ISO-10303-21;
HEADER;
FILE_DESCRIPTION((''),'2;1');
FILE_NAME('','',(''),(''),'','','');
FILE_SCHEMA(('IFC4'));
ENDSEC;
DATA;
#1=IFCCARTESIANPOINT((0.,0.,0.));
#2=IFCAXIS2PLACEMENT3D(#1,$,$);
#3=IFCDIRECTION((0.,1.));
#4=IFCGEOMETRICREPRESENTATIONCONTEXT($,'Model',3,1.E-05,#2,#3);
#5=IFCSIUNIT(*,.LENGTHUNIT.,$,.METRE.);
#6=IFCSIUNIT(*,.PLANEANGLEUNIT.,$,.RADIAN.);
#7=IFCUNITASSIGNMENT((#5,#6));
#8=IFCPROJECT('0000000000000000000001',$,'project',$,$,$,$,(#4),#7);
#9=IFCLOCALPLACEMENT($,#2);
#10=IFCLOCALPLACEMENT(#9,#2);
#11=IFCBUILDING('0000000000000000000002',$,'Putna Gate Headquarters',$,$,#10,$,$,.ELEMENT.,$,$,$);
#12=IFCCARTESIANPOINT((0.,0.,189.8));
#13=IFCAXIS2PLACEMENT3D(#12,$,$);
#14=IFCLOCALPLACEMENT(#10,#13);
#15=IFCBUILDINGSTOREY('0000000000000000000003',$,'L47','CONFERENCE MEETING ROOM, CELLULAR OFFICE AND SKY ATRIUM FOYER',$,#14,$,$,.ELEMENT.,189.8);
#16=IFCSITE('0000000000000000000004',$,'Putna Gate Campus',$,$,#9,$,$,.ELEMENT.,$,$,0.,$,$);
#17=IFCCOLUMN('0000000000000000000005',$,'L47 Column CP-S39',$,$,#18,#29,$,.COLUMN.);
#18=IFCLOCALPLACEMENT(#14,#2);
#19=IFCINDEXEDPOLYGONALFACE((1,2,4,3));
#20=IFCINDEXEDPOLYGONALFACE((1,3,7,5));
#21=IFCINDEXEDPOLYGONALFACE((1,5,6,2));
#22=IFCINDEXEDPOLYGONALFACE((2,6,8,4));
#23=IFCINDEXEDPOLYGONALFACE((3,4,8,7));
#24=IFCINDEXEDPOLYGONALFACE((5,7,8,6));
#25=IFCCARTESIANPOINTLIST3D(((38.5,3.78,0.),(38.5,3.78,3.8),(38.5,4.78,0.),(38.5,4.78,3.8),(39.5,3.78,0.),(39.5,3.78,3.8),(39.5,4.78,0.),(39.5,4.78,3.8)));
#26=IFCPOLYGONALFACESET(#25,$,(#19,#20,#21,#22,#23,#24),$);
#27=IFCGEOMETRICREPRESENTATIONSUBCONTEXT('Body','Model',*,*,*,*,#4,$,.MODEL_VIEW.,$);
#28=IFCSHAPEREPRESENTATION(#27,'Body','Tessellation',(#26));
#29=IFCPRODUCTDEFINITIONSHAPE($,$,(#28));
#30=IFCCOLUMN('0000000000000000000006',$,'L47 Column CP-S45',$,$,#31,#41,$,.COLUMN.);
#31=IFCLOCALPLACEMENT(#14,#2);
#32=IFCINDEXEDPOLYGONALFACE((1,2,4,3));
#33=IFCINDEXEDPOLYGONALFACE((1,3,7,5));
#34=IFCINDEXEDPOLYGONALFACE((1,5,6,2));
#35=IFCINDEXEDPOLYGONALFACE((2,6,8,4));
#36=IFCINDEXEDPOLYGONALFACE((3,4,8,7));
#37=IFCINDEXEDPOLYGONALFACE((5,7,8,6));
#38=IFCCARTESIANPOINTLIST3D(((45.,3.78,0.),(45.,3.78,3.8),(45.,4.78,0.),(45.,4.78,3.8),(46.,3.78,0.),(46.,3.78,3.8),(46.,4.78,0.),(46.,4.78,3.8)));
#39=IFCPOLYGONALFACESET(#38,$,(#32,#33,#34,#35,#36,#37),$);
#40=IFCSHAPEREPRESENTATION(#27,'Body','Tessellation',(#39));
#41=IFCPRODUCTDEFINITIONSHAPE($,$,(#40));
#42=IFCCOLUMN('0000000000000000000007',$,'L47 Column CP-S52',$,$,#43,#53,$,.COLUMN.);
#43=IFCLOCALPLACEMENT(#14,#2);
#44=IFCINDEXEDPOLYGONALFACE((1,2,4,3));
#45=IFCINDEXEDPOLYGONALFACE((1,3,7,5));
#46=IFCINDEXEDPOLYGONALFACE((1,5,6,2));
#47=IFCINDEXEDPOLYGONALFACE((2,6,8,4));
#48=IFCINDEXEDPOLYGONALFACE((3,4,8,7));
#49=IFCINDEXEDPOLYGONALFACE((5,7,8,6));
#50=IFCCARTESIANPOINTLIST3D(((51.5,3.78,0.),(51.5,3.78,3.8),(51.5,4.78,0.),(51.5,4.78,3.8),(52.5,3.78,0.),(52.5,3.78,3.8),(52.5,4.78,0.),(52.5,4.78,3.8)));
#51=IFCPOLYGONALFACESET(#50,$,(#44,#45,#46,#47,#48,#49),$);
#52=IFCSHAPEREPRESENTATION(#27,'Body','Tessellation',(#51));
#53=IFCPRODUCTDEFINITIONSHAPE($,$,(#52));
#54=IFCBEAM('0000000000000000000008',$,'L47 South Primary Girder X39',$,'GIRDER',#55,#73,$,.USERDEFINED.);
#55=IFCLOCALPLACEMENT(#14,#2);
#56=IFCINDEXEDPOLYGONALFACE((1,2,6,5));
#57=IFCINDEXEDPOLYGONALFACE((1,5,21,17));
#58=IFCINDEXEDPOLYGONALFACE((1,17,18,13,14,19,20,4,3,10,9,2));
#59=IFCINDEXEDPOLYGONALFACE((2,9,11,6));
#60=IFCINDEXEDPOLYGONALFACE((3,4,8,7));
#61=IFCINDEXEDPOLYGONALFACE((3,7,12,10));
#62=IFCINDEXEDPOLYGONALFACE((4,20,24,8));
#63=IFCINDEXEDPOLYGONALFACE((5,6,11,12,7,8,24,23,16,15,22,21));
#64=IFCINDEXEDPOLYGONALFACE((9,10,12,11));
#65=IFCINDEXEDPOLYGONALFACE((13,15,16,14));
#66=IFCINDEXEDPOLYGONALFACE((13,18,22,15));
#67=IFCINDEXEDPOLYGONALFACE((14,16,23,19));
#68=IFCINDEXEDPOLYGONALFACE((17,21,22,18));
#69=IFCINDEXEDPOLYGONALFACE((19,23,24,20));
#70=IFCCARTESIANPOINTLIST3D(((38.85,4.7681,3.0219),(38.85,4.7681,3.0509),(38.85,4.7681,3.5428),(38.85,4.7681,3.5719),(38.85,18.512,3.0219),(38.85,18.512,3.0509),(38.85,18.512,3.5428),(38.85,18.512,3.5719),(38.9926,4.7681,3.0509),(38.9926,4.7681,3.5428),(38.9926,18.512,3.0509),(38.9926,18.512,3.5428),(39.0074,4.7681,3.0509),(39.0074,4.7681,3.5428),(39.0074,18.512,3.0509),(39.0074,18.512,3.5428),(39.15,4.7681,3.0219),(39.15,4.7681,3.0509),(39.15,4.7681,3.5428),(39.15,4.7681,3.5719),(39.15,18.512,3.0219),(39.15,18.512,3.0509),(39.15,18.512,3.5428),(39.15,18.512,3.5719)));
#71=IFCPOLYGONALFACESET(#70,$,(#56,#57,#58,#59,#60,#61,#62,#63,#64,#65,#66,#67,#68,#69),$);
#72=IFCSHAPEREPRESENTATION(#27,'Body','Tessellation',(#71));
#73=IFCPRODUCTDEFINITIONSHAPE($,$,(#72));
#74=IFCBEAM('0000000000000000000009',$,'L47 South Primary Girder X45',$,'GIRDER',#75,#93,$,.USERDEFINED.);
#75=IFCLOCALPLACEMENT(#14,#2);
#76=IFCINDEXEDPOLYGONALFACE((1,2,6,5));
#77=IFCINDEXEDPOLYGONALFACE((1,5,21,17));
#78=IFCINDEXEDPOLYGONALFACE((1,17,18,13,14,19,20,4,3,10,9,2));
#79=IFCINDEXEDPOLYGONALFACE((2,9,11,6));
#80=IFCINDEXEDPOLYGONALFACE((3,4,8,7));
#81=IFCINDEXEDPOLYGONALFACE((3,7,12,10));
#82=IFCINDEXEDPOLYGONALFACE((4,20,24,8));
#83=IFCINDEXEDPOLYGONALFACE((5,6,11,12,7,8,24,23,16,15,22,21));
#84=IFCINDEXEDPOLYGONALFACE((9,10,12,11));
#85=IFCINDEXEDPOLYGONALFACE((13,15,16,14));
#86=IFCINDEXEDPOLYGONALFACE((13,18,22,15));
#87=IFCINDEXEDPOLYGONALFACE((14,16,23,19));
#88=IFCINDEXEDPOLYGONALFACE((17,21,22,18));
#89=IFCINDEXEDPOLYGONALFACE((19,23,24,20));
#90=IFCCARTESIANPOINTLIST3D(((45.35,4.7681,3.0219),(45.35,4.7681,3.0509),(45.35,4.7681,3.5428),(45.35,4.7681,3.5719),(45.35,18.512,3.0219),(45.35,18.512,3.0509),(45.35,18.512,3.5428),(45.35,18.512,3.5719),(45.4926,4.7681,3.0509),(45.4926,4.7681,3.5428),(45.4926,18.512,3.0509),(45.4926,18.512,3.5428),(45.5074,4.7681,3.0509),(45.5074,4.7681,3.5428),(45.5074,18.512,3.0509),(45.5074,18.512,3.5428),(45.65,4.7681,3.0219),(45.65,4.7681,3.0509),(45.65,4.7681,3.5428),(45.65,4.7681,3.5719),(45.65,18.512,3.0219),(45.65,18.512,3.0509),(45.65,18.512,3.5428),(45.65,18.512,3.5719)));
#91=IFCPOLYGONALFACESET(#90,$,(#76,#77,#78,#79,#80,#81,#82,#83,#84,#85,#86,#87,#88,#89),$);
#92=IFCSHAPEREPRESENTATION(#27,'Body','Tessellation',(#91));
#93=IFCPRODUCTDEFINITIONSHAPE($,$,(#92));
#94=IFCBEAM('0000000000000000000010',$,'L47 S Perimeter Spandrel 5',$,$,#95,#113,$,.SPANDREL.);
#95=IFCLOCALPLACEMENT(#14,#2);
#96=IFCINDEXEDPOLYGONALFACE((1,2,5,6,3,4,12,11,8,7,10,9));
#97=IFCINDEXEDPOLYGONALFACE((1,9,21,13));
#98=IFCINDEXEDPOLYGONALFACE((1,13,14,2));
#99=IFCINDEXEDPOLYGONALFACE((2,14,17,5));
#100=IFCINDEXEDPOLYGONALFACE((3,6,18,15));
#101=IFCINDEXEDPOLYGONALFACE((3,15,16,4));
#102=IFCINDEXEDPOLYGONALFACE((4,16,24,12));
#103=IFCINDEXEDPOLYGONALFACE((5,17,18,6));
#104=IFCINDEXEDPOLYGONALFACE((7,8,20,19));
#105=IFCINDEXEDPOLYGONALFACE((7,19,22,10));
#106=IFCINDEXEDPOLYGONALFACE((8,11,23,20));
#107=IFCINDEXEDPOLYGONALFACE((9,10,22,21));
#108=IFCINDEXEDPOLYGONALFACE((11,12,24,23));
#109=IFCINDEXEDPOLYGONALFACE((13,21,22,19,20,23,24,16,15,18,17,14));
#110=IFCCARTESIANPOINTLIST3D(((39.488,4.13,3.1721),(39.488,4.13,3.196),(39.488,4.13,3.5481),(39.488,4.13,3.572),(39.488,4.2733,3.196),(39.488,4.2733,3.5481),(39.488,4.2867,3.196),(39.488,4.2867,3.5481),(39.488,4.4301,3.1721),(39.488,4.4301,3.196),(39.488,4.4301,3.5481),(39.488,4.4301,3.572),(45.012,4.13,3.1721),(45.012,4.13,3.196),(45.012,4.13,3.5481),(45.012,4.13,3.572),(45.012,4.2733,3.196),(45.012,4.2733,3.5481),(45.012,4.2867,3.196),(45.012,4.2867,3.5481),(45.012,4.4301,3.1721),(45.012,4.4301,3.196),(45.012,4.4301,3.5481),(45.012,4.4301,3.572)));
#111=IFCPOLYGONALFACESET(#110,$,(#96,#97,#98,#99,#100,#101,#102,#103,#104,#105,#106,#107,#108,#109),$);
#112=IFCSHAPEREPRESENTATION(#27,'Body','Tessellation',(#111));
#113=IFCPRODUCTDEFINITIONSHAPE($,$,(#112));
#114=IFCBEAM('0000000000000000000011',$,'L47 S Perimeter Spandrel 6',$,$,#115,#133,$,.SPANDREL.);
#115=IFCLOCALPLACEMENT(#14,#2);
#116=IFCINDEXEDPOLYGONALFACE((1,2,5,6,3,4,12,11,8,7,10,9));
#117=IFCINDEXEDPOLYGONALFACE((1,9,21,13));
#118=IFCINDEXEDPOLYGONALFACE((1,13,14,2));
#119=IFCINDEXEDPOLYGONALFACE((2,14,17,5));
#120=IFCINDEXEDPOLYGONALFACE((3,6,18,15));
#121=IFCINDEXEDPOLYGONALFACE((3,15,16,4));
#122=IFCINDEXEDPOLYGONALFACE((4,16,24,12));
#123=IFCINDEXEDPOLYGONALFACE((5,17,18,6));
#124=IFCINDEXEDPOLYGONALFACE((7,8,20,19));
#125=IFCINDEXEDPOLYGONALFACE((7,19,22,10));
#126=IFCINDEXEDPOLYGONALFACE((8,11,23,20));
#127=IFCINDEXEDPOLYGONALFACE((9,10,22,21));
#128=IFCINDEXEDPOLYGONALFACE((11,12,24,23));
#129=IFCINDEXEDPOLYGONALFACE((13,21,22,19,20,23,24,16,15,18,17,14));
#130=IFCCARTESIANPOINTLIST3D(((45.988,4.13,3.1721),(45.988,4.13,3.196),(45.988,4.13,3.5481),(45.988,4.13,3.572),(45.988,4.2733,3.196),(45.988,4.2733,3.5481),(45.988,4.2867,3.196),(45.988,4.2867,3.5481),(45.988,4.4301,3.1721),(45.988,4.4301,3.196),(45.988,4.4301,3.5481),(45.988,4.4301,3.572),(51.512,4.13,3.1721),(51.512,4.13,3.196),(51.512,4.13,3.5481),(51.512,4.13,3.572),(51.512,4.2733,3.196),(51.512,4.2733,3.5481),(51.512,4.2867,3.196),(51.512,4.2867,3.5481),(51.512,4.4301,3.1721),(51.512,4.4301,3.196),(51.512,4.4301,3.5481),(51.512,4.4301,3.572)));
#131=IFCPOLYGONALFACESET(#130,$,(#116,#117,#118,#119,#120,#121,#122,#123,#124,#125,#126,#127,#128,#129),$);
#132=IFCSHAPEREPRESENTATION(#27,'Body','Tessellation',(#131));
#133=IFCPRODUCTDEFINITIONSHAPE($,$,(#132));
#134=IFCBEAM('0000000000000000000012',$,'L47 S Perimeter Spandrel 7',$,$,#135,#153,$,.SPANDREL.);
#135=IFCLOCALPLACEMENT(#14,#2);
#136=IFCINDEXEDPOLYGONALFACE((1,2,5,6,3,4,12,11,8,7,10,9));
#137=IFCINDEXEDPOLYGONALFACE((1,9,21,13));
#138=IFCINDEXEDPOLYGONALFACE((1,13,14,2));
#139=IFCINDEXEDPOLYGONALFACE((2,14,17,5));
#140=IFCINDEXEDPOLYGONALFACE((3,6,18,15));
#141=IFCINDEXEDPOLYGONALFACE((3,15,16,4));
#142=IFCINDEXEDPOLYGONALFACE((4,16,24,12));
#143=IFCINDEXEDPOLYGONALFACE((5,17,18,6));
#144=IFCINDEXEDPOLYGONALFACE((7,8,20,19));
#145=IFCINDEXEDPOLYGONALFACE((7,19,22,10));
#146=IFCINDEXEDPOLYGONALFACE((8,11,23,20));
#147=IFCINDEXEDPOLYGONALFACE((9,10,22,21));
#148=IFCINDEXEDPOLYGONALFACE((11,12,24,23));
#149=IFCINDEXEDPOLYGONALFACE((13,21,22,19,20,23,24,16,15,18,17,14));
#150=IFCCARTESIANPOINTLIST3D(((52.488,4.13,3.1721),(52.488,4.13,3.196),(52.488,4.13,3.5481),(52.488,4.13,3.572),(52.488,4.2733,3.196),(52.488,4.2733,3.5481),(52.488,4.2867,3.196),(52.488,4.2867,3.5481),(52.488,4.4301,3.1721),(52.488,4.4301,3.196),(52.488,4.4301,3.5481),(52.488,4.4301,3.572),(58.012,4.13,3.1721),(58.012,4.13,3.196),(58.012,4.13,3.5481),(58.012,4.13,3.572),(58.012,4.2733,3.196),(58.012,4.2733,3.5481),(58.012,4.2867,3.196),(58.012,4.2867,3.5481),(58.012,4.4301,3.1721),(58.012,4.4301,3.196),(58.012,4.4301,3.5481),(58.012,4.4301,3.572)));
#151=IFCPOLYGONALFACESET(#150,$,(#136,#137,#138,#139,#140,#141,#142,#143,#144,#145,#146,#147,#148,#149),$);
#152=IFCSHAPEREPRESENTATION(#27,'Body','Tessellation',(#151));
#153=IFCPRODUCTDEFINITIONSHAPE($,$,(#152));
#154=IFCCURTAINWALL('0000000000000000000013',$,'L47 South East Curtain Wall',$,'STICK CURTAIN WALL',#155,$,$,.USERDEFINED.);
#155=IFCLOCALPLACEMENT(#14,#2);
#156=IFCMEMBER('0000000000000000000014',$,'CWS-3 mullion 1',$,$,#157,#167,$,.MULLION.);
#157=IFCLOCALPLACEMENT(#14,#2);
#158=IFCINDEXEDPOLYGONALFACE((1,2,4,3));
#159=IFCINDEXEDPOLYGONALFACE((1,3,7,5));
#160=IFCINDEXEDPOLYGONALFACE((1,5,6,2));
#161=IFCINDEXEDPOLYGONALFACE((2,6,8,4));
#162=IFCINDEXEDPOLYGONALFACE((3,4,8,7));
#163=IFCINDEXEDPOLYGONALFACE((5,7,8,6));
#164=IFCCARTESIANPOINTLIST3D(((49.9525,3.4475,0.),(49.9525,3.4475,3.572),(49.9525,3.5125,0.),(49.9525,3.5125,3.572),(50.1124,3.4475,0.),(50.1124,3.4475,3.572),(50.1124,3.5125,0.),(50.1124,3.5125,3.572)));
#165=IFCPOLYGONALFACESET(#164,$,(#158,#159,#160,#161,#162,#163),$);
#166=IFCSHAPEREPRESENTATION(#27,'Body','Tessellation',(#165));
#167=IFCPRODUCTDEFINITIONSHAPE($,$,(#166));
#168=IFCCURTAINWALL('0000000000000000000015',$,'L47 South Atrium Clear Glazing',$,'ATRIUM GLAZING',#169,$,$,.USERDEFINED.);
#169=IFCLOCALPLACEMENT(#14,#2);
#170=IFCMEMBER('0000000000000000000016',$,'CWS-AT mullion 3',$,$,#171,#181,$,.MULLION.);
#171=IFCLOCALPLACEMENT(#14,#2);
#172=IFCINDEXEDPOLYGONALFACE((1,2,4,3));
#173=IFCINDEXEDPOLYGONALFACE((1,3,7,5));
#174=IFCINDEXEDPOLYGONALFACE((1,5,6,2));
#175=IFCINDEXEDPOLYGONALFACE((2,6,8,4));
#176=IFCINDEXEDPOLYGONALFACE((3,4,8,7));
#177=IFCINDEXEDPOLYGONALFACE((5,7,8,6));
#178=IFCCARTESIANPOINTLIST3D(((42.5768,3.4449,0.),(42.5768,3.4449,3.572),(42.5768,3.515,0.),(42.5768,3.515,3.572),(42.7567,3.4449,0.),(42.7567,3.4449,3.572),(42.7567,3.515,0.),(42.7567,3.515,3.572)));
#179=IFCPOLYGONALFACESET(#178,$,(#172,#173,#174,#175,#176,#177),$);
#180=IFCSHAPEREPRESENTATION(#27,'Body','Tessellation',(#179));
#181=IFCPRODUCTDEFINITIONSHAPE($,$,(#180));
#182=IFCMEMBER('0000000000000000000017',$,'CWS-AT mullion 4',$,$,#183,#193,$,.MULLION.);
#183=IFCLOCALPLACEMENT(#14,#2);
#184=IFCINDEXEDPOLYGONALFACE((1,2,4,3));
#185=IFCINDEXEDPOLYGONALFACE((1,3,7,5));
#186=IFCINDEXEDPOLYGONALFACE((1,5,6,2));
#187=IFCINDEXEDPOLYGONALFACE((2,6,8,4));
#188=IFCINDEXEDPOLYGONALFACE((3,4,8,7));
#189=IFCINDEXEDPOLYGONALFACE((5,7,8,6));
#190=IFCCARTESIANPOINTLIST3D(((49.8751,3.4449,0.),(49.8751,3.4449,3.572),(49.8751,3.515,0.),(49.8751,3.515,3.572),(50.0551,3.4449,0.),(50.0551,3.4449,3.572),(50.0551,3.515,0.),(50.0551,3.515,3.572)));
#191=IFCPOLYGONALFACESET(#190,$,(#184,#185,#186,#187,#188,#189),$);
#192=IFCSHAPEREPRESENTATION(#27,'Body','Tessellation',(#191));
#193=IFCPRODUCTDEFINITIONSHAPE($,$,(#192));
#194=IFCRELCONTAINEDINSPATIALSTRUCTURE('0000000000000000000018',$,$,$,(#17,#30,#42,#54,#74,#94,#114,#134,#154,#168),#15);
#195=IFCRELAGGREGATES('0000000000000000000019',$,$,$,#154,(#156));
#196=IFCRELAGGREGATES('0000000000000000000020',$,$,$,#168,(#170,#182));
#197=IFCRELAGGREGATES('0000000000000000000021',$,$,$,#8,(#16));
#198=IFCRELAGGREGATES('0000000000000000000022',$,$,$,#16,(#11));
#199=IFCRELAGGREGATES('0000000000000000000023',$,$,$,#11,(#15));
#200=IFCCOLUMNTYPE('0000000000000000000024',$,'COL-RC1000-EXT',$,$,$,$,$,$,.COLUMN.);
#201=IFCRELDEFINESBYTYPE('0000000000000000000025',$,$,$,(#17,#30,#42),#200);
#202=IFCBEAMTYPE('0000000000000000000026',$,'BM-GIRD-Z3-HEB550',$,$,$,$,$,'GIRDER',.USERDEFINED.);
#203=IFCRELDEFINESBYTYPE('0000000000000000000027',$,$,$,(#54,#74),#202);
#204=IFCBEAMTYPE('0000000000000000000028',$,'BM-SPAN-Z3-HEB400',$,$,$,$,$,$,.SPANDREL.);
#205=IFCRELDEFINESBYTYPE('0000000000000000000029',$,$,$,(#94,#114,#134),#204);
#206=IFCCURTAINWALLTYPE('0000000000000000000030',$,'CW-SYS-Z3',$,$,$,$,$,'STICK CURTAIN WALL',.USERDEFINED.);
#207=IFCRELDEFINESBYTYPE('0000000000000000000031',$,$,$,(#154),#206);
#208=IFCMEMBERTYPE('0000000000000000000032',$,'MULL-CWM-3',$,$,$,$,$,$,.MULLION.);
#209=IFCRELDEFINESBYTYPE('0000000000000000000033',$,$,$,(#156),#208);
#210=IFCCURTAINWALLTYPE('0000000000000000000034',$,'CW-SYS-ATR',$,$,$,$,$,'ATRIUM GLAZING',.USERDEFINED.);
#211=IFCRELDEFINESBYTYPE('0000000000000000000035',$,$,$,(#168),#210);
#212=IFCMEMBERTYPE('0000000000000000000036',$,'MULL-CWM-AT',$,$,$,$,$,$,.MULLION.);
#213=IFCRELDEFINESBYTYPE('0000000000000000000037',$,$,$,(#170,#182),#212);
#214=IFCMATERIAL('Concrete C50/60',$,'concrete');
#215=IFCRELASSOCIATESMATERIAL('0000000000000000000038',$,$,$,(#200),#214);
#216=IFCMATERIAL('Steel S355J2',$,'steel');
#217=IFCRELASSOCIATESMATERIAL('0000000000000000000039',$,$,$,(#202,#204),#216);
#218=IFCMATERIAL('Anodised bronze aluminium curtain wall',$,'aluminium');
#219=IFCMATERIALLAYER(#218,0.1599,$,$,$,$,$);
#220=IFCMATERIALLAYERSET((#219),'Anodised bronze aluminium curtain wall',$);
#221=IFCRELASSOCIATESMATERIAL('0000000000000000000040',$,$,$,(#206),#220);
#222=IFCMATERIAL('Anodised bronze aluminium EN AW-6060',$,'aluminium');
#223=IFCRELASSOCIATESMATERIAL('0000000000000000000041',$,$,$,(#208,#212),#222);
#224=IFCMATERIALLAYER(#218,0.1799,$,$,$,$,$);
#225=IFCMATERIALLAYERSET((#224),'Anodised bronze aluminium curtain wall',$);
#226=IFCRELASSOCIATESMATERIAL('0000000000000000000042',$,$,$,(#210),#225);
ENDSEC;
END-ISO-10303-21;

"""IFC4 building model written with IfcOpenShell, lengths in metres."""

from ifc_helpers import new_model, si_unit, direction, frame, origin, origin_2d, place, context, subcontext, project, spatial, rectangle, i_section, extrude, material, layer, layer_set, material_profile, profile_set, type_object, element, aggregate, save


model = new_model("IFC4")

# Units and contexts
model_context = context("Model", 3, precision=1e-05, world=origin(), true_north=direction((0.0, 1.0)))
body_context = subcontext(model_context, "Body", "Model", "MODEL_VIEW")
ifc_project = project(units=[si_unit("LENGTHUNIT", "METRE"), si_unit("PLANEANGLEUNIT", "RADIAN")], contexts=[model_context])

# Site, building, storey
site_placement = place(None, origin())
site = spatial("IfcSite", under=ifc_project, at=site_placement, Name="Putna Gate Campus", CompositionType="ELEMENT", RefElevation=0.0)
building_placement = place(site_placement, origin())
building = spatial("IfcBuilding", under=site, at=building_placement, Name="Putna Gate Headquarters", CompositionType="ELEMENT")
storey_placement = place(building_placement, frame((0.0, 0.0, 189.8)))
storey = spatial("IfcBuildingStorey", under=building, at=storey_placement, Name="L47", Description="CONFERENCE MEETING ROOM, CELLULAR OFFICE AND SKY ATRIUM FOYER", CompositionType="ELEMENT", Elevation=189.8)

# Columns
ifc_material_1 = material(Name="Concrete C50/60", Category="concrete")
ifc_material_profile_1 = material_profile(ifc_material_1, rectangle(XDim=1.0, YDim=1.0, at=origin_2d()), Name="Concrete C50/60")
ifc_profile_set_1 = profile_set([ifc_material_profile_1], Name="Concrete C50/60")
column_type = type_object("IfcColumnType", Name="COL-RC1000-EXT", PredefinedType="COLUMN", material=ifc_profile_set_1)
for number, where, z_axis, x_axis, name in (
    (1, (39.0, 4.28, 0.0), (0.0, 0.0, 1.0), (1.0, 0.0, 0.0), "L47 Column CP-S39"),
    (2, (45.5, 4.28, 0.0), (0.0, 0.0, 1.0), (1.0, 0.0, 0.0), "L47 Column CP-S45"),
    (3, (52.0, 4.28, 0.0), (0.0, 0.0, 1.0), (1.0, 0.0, 0.0), "L47 Column CP-S52"),
):
    element("IfcColumn", number, at=place(storey_placement, frame(where, z_axis=z_axis, x_axis=x_axis)), inside=storey, type_object=column_type, Name=name, PredefinedType="COLUMN", context=body_context, shape_type="SweptSolid", body=[
        extrude(rectangle(XDim=1.0, YDim=1.0, at=origin_2d()), origin(), (0.0, 0.0, 1.0), 3.8),
    ])

# Beams
ifc_material_2 = material(Name="Steel S355J2", Category="steel")
ifc_material_profile_2 = material_profile(ifc_material_2, i_section(OverallWidth=0.3, OverallDepth=0.55, WebThickness=0.0149, FlangeThickness=0.0291, at=origin_2d()), Name="Steel S355J2")
ifc_profile_set_2 = profile_set([ifc_material_profile_2], Name="Steel S355J2")
beam_type_1 = type_object("IfcBeamType", Name="BM-GIRD-Z3-HEB550", ElementType="GIRDER", PredefinedType="USERDEFINED", material=ifc_profile_set_2)
for number, where, z_axis, x_axis, name in (
    (4, (39.0, 4.7681, 3.2969), (0.0, 1.0, 0.0), (-1.0, 0.0, 0.0), "L47 South Primary Girder X39"),
    (5, (45.5, 4.7681, 3.2969), (0.0, 1.0, 0.0), (-1.0, 0.0, 0.0), "L47 South Primary Girder X45"),
):
    element("IfcBeam", number, at=place(storey_placement, frame(where, z_axis=z_axis, x_axis=x_axis)), inside=storey, type_object=beam_type_1, Name=name, ObjectType="GIRDER", PredefinedType="USERDEFINED", context=body_context, shape_type="SweptSolid", body=[
        extrude(i_section(OverallWidth=0.3, OverallDepth=0.55, WebThickness=0.0149, FlangeThickness=0.0291, at=origin_2d()), origin(), (0.0, 0.0, 1.0), 13.7439),
    ])
ifc_material_profile_3 = material_profile(ifc_material_2, i_section(OverallWidth=0.3, OverallDepth=0.3999, WebThickness=0.0134, FlangeThickness=0.0239, at=origin_2d()), Name="Steel S355J2")
ifc_profile_set_3 = profile_set([ifc_material_profile_3], Name="Steel S355J2")
beam_type_2 = type_object("IfcBeamType", Name="BM-SPAN-Z3-HEB400", PredefinedType="SPANDREL", material=ifc_profile_set_3)
for number, where, z_axis, x_axis, name in (
    (6, (39.488, 4.28, 3.3721), (1.0, 0.0, 0.0), (0.0, 1.0, 0.0), "L47 S Perimeter Spandrel 5"),
    (7, (45.988, 4.28, 3.3721), (1.0, 0.0, 0.0), (0.0, 1.0, 0.0), "L47 S Perimeter Spandrel 6"),
    (8, (52.488, 4.28, 3.3721), (1.0, 0.0, 0.0), (0.0, 1.0, 0.0), "L47 S Perimeter Spandrel 7"),
):
    element("IfcBeam", number, at=place(storey_placement, frame(where, z_axis=z_axis, x_axis=x_axis)), inside=storey, type_object=beam_type_2, Name=name, PredefinedType="SPANDREL", context=body_context, shape_type="SweptSolid", body=[
        extrude(i_section(OverallWidth=0.3, OverallDepth=0.3999, WebThickness=0.0134, FlangeThickness=0.0239, at=origin_2d()), origin(), (0.0, 0.0, 1.0), 5.5239),
    ])

# Curtain wall, member
ifc_material_3 = material(Name="Anodised bronze aluminium curtain wall", Category="aluminium")
ifc_layer_1 = layer(ifc_material_3, 0.1599)
ifc_layer_set_1 = layer_set([ifc_layer_1], Name="Anodised bronze aluminium curtain wall")
curtain_wall_type_1 = type_object("IfcCurtainWallType", Name="CW-SYS-Z3", ElementType="STICK CURTAIN WALL", PredefinedType="USERDEFINED", material=ifc_layer_set_1)
curtain_wall_1_placement = place(storey_placement, origin())
curtain_wall_1 = element("IfcCurtainWall", 9, at=curtain_wall_1_placement, inside=storey, type_object=curtain_wall_type_1, Name="L47 South East Curtain Wall", ObjectType="STICK CURTAIN WALL", PredefinedType="USERDEFINED")
ifc_material_4 = material(Name="Anodised bronze aluminium EN AW-6060", Category="aluminium")
ifc_material_profile_4 = material_profile(ifc_material_4, rectangle(XDim=0.0649, YDim=0.1599, at=origin_2d()), Name="Anodised bronze aluminium EN AW-6060")
ifc_profile_set_4 = profile_set([ifc_material_profile_4], Name="Anodised bronze aluminium EN AW-6060")
member_type_1 = type_object("IfcMemberType", Name="MULL-CWM-3", PredefinedType="MULLION", material=ifc_profile_set_4)
member_1_placement = place(storey_placement, frame((50.0325, 3.48, 0.0), z_axis=(0.0, 0.0, 1.0), x_axis=(0.0, 1.0, 0.0)))
member_1 = element("IfcMember", 10, at=member_1_placement, type_object=member_type_1, Name="CWS-3 mullion 1", PredefinedType="MULLION", context=body_context, shape_type="SweptSolid", body=[
    extrude(rectangle(XDim=0.0649, YDim=0.1599, at=origin_2d()), origin(), (0.0, 0.0, 1.0), 3.572),
])

# Curtain wall, members
ifc_layer_2 = layer(ifc_material_3, 0.1799)
ifc_layer_set_2 = layer_set([ifc_layer_2], Name="Anodised bronze aluminium curtain wall")
curtain_wall_type_2 = type_object("IfcCurtainWallType", Name="CW-SYS-ATR", ElementType="ATRIUM GLAZING", PredefinedType="USERDEFINED", material=ifc_layer_set_2)
curtain_wall_2_placement = place(storey_placement, origin())
curtain_wall_2 = element("IfcCurtainWall", 11, at=curtain_wall_2_placement, inside=storey, type_object=curtain_wall_type_2, Name="L47 South Atrium Clear Glazing", ObjectType="ATRIUM GLAZING", PredefinedType="USERDEFINED")
ifc_material_profile_5 = material_profile(ifc_material_4, rectangle(XDim=0.0701, YDim=0.1799, at=origin_2d()), Name="Anodised bronze aluminium EN AW-6060")
ifc_profile_set_5 = profile_set([ifc_material_profile_5], Name="Anodised bronze aluminium EN AW-6060")
member_type_2 = type_object("IfcMemberType", Name="MULL-CWM-AT", PredefinedType="MULLION", material=ifc_profile_set_5)
member_2_placement = place(storey_placement, frame((42.6667, 3.48, 0.0), z_axis=(0.0, 0.0, 1.0), x_axis=(0.0, 1.0, 0.0)))
member_2 = element("IfcMember", 12, at=member_2_placement, type_object=member_type_2, Name="CWS-AT mullion 3", PredefinedType="MULLION", context=body_context, shape_type="SweptSolid", body=[
    extrude(rectangle(XDim=0.0701, YDim=0.1799, at=origin_2d()), origin(), (0.0, 0.0, 1.0), 3.572),
])
member_3_placement = place(storey_placement, frame((49.9651, 3.48, 0.0), z_axis=(0.0, 0.0, 1.0), x_axis=(0.0, 1.0, 0.0)))
member_3 = element("IfcMember", 13, at=member_3_placement, type_object=member_type_2, Name="CWS-AT mullion 4", PredefinedType="MULLION", context=body_context, shape_type="SweptSolid", body=[
    extrude(rectangle(XDim=0.0701, YDim=0.1799, at=origin_2d()), origin(), (0.0, 0.0, 1.0), 3.572),
])

aggregate(curtain_wall_1, [member_1])
aggregate(curtain_wall_2, [member_2, member_3])

save(model, "model.ifc")
